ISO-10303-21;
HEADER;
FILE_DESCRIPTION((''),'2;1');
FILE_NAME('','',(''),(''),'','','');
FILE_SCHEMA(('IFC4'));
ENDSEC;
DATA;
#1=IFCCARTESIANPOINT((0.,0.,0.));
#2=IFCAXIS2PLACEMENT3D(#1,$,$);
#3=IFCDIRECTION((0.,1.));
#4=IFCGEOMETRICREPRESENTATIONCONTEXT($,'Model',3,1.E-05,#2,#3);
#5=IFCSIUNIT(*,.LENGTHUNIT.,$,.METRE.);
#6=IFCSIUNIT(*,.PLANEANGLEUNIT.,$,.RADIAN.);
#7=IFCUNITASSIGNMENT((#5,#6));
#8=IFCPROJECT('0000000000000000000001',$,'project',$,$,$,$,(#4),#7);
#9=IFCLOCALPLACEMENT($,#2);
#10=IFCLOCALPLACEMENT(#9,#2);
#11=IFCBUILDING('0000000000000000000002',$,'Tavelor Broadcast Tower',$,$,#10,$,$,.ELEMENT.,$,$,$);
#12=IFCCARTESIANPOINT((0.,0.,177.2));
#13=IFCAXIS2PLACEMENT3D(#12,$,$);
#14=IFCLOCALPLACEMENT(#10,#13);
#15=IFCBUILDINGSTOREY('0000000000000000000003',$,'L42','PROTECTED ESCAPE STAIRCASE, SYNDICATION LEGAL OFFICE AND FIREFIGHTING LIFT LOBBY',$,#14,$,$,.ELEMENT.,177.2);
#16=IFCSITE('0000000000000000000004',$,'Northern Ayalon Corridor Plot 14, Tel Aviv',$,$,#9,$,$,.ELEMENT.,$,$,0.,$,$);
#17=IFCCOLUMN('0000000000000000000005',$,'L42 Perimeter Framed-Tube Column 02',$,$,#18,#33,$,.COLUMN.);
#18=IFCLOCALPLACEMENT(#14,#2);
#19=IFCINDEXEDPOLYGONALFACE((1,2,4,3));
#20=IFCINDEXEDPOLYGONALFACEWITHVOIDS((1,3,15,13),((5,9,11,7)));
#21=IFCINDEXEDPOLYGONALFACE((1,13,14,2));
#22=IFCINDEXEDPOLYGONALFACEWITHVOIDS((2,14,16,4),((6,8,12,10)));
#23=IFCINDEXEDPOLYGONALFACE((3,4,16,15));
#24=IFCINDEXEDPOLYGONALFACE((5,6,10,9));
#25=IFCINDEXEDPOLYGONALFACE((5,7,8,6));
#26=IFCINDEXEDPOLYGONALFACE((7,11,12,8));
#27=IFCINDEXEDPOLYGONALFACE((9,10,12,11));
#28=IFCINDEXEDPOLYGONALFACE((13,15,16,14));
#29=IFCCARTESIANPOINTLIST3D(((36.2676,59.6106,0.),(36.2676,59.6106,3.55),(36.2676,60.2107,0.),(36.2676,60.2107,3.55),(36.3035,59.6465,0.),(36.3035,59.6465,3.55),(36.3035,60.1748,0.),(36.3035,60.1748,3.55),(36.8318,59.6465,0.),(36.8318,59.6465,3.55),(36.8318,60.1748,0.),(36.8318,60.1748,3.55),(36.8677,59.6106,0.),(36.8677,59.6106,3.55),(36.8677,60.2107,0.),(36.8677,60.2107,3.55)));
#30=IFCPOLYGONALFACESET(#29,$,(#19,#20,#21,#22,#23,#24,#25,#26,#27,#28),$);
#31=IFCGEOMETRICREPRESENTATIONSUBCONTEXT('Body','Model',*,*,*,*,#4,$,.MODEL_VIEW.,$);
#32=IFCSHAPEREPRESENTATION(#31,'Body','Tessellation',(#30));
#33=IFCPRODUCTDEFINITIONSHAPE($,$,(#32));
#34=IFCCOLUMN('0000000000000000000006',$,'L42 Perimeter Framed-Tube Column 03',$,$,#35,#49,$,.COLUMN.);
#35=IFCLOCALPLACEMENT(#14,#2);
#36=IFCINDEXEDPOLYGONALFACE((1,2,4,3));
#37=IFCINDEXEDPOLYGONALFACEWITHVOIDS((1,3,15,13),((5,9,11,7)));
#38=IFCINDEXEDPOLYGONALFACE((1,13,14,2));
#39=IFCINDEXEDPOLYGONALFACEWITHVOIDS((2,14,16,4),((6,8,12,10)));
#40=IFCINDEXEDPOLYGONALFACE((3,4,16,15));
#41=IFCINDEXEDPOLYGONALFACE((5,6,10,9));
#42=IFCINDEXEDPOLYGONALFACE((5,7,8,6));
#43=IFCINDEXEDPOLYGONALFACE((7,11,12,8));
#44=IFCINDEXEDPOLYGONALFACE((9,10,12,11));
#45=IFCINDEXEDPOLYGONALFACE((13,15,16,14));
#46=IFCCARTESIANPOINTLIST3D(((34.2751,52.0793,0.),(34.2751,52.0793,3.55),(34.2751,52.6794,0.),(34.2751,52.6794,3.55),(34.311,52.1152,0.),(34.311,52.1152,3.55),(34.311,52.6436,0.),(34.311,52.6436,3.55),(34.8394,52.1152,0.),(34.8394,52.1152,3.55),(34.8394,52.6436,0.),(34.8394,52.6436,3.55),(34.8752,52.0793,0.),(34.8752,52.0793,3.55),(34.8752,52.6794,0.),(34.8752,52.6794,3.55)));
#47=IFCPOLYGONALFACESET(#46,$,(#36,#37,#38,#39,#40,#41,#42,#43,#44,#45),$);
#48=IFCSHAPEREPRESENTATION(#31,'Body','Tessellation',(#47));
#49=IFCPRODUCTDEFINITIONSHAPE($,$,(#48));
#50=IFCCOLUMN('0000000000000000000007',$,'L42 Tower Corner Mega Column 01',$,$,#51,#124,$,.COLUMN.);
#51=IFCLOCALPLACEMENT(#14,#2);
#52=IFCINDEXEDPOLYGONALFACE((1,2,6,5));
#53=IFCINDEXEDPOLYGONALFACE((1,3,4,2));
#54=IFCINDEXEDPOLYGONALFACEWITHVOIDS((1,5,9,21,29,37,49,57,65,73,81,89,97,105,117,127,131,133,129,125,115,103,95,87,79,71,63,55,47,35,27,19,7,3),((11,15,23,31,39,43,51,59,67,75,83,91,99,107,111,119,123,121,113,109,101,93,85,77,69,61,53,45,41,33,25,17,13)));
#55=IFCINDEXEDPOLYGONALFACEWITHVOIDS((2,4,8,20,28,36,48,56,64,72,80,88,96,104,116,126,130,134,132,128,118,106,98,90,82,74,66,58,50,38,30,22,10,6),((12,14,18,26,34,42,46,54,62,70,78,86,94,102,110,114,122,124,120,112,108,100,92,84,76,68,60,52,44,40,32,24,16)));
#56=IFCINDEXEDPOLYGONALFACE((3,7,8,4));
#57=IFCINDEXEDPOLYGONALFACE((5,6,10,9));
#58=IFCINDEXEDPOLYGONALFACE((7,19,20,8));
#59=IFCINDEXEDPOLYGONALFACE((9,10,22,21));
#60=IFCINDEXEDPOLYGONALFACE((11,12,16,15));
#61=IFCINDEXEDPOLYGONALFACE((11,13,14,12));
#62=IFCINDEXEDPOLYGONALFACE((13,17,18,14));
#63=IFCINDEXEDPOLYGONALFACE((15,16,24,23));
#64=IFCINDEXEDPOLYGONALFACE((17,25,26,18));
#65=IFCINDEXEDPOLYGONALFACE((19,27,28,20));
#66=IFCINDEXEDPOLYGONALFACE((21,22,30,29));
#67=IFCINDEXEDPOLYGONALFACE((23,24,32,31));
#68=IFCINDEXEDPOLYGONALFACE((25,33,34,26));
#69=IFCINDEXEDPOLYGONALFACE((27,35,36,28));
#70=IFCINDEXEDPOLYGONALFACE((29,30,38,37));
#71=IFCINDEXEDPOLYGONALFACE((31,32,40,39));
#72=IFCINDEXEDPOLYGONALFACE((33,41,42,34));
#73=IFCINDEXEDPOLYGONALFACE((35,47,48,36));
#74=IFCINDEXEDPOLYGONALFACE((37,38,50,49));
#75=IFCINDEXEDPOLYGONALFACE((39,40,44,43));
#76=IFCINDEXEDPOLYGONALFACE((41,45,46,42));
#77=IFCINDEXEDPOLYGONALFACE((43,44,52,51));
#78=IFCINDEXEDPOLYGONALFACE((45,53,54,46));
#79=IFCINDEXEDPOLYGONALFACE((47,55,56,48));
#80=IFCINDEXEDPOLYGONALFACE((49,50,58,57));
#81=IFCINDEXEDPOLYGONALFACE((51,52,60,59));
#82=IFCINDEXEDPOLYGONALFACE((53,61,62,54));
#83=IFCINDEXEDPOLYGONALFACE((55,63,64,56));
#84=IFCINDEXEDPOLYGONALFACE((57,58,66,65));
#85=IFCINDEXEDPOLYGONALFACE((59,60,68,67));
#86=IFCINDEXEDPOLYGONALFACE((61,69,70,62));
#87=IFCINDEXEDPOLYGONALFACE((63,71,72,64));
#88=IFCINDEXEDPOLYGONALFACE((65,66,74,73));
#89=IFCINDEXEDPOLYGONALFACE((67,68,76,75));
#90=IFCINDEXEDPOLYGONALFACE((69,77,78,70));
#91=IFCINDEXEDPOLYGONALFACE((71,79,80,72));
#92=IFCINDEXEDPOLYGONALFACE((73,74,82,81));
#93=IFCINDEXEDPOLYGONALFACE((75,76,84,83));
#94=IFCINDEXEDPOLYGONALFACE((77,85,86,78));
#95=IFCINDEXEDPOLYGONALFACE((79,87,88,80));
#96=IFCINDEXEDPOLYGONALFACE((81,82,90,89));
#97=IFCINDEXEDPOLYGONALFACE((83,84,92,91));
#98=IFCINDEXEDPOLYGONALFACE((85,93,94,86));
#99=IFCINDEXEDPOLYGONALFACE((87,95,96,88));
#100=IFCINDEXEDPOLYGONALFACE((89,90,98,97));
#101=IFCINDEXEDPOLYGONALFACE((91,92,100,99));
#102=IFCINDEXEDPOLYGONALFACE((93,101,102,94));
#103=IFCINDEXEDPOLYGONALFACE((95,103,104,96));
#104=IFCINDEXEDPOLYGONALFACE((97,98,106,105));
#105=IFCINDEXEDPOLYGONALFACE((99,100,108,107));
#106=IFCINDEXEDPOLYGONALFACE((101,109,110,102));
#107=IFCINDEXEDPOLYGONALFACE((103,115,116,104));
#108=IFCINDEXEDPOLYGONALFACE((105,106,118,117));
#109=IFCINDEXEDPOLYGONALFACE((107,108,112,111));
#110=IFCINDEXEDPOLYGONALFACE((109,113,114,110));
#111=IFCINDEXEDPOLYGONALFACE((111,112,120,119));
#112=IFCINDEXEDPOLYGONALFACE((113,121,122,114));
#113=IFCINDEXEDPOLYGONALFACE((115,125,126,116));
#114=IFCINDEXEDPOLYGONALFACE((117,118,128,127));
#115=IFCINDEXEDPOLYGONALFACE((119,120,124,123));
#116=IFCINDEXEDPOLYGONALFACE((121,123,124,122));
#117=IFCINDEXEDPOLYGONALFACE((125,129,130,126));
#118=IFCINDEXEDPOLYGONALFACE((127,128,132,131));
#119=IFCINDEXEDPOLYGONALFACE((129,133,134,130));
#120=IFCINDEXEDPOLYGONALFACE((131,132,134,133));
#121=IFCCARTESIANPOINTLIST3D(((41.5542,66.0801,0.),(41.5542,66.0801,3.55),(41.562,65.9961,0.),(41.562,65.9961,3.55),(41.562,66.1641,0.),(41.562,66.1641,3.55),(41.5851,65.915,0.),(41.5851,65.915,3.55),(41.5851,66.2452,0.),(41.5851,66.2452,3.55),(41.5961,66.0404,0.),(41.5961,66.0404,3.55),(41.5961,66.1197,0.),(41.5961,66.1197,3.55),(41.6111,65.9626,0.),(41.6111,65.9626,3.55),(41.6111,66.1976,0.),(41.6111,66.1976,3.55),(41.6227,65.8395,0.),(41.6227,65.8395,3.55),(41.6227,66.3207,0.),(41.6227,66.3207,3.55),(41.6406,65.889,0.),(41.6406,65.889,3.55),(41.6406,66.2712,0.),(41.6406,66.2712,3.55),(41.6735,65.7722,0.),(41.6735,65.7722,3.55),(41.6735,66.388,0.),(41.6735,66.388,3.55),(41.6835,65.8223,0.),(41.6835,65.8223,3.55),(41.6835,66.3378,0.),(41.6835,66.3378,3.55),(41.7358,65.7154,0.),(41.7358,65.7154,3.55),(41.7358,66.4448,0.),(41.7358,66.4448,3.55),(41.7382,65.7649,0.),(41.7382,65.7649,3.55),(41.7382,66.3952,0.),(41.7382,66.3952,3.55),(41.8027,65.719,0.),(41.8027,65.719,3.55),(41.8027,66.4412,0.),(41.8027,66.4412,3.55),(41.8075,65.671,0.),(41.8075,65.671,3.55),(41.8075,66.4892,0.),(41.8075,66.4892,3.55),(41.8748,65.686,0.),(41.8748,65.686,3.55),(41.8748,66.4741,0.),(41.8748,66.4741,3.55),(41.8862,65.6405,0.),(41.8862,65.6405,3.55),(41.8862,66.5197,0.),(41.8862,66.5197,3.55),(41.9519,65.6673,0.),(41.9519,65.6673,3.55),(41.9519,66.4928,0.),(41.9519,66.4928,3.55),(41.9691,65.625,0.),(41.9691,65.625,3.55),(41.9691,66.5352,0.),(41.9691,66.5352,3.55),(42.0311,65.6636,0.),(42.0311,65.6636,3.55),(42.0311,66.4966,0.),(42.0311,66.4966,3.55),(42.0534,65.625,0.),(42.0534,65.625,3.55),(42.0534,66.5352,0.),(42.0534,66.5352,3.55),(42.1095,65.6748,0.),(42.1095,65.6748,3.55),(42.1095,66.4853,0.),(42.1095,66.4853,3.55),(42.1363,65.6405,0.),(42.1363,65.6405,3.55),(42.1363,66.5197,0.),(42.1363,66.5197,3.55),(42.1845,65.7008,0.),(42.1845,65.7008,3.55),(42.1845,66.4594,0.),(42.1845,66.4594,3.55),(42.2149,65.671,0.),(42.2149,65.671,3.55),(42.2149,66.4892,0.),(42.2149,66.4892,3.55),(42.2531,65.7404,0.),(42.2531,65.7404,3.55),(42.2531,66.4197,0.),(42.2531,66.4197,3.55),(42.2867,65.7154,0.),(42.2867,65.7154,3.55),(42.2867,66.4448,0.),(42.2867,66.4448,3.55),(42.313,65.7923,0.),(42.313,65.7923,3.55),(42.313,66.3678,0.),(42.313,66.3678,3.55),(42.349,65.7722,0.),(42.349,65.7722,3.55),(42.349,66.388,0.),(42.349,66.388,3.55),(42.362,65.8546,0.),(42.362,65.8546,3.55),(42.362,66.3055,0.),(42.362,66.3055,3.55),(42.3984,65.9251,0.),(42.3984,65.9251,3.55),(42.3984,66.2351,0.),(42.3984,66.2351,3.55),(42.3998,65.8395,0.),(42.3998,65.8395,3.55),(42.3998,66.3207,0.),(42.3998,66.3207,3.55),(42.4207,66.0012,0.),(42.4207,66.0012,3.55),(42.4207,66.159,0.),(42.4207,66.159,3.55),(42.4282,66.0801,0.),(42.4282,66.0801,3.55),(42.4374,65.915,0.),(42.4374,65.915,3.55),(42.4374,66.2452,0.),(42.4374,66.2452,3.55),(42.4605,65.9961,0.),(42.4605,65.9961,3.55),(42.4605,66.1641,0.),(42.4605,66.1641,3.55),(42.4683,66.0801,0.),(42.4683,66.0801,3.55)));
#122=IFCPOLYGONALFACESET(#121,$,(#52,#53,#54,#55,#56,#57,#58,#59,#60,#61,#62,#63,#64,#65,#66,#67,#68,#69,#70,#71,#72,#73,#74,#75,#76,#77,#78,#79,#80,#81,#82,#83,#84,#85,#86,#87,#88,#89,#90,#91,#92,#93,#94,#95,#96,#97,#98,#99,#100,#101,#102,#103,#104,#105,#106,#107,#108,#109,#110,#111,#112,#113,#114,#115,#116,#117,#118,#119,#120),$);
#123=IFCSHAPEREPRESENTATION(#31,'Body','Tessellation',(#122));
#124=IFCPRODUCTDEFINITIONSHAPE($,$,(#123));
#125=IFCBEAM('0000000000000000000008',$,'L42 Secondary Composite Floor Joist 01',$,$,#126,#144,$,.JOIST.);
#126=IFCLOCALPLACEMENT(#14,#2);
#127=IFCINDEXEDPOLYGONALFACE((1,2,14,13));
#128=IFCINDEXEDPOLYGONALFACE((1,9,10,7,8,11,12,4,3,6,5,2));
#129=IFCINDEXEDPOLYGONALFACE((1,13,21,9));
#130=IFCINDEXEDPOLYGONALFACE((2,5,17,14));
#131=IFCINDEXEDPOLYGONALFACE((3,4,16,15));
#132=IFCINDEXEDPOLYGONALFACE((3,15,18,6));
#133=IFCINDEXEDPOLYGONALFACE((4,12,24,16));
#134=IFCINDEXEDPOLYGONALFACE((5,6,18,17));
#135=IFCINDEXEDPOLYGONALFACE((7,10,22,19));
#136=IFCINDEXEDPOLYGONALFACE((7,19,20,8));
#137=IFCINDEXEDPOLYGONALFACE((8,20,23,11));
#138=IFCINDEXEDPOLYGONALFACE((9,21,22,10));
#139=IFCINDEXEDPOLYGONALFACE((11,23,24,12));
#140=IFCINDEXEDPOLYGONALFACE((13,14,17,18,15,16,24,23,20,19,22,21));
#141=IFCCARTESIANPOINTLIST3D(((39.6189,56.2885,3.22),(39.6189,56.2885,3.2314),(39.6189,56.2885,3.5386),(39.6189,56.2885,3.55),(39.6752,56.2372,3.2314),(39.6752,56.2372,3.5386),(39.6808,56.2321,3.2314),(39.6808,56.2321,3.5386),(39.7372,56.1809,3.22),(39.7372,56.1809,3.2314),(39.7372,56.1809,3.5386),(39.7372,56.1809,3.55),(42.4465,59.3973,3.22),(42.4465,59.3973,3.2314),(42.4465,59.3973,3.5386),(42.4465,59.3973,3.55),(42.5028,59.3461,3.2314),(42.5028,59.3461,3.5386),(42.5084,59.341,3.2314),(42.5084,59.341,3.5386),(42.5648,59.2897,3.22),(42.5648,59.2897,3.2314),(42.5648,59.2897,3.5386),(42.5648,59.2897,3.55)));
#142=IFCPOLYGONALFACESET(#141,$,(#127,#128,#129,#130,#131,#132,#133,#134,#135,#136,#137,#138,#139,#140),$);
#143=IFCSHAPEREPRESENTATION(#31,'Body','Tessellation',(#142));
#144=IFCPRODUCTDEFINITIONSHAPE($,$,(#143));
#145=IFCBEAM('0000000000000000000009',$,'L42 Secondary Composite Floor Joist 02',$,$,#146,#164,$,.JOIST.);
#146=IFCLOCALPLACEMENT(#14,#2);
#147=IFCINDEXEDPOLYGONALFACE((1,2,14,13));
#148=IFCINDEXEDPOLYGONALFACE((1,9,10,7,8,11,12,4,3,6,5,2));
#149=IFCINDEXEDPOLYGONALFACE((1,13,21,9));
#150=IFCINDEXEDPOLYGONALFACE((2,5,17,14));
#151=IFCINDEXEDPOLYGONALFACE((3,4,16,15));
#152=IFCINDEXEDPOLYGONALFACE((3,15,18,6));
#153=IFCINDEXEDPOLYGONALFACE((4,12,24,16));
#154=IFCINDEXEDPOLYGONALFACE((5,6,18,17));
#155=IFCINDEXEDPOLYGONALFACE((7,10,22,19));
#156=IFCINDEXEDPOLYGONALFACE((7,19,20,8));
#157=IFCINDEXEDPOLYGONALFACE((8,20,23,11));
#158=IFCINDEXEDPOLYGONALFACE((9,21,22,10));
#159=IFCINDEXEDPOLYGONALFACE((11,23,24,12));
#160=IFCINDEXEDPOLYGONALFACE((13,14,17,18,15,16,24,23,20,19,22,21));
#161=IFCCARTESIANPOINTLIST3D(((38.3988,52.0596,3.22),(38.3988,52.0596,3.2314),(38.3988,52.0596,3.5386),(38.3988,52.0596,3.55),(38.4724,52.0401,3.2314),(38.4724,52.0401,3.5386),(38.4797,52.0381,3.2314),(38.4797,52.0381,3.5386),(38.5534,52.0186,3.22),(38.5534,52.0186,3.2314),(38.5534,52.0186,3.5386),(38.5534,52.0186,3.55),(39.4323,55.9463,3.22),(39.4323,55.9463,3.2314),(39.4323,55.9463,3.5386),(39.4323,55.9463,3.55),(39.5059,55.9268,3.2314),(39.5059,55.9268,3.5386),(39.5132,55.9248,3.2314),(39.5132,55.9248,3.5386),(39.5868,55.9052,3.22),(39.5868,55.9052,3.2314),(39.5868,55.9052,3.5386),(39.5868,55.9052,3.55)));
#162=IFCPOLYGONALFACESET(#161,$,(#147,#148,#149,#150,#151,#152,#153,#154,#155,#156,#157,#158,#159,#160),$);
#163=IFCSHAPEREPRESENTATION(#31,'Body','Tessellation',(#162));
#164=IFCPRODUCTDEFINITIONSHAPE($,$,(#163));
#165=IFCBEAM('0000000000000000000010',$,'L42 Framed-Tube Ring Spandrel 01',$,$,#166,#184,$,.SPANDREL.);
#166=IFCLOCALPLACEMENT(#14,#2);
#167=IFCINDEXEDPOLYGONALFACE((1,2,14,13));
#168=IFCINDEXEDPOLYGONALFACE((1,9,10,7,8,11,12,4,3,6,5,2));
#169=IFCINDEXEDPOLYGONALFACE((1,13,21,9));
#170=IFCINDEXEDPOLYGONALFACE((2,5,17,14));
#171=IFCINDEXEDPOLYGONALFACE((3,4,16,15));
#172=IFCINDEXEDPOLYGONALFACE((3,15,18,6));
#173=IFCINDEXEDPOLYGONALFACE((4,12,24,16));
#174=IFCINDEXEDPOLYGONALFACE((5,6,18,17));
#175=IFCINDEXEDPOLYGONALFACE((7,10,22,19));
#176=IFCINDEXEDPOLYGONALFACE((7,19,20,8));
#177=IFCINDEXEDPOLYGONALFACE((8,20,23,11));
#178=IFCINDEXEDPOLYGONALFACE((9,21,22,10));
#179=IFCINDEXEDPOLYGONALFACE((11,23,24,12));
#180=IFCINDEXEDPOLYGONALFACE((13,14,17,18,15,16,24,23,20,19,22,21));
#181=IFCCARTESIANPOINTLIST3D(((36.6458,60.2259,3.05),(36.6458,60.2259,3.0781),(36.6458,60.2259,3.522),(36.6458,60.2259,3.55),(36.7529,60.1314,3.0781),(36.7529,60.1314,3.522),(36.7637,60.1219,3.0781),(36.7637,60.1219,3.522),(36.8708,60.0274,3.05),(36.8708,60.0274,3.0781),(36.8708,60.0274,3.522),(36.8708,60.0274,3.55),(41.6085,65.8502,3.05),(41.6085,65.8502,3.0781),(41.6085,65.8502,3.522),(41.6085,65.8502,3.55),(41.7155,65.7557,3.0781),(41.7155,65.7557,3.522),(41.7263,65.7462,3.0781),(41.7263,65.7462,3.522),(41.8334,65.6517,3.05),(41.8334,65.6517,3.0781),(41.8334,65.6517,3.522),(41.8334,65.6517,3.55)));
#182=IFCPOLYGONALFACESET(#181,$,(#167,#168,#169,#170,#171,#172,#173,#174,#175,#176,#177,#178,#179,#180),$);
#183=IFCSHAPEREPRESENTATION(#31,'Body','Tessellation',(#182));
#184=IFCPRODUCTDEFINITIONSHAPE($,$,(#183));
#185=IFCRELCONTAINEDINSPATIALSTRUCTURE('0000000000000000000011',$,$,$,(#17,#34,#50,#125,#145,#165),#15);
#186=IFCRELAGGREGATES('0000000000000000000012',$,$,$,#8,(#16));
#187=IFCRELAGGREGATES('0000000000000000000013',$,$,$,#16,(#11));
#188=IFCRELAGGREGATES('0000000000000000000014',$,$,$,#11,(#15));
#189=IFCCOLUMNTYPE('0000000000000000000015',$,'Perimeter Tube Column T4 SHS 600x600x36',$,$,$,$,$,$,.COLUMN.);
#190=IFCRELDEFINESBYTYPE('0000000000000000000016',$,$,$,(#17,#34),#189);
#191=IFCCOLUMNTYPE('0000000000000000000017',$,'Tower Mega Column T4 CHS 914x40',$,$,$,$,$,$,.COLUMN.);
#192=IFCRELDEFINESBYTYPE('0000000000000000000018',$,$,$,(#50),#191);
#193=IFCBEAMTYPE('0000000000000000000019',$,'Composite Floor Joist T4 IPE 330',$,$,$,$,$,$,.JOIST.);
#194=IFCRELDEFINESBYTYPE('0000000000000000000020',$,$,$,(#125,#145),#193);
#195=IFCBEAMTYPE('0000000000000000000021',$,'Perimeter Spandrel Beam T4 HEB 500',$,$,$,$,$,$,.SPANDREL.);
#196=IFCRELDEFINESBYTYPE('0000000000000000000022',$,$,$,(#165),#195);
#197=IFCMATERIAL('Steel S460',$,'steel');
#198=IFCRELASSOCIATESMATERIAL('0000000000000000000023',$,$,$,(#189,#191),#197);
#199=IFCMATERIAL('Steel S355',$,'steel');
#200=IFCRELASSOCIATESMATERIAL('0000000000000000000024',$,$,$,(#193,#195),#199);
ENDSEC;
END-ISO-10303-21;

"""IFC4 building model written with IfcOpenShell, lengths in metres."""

from ifc_helpers import new_model, si_unit, direction, frame, origin, origin_2d, place, context, subcontext, project, spatial, hollow_rectangle, hollow_circle, i_section, extrude, material, material_profile, profile_set, type_object, element, save


model = new_model("IFC4")

# Units and contexts
model_context = context("Model", 3, precision=1e-05, world=origin(), true_north=direction((0.0, 1.0)))
body_context = subcontext(model_context, "Body", "Model", "MODEL_VIEW")
ifc_project = project(units=[si_unit("LENGTHUNIT", "METRE"), si_unit("PLANEANGLEUNIT", "RADIAN")], contexts=[model_context])

# Site, building, storey
site_placement = place(None, origin())
site = spatial("IfcSite", under=ifc_project, at=site_placement, Name="Northern Ayalon Corridor Plot 14, Tel Aviv", CompositionType="ELEMENT", RefElevation=0.0)
building_placement = place(site_placement, origin())
building = spatial("IfcBuilding", under=site, at=building_placement, Name="Tavelor Broadcast Tower", CompositionType="ELEMENT")
storey_placement = place(building_placement, frame((0.0, 0.0, 177.2)))
storey = spatial("IfcBuildingStorey", under=building, at=storey_placement, Name="L42", Description="PROTECTED ESCAPE STAIRCASE, SYNDICATION LEGAL OFFICE AND FIREFIGHTING LIFT LOBBY", CompositionType="ELEMENT", Elevation=177.2)

# Columns
ifc_material_1 = material(Name="Steel S460", Category="steel")
ifc_material_profile_1 = material_profile(ifc_material_1, hollow_rectangle(XDim=0.6001, YDim=0.6001, WallThickness=0.0359, at=origin_2d()), Name="SHS 600x600x36")
ifc_profile_set_1 = profile_set([ifc_material_profile_1], Name="Steel S460")
column_type_1 = type_object("IfcColumnType", Name="Perimeter Tube Column T4 SHS 600x600x36", PredefinedType="COLUMN", material=ifc_profile_set_1)
for number, where, z_axis, x_axis, name in (
    (1, (36.5676, 59.9106, 0.0), (0.0, 0.0, 1.0), (1.0, 0.0, 0.0), "L42 Perimeter Framed-Tube Column 02"),
    (2, (34.5752, 52.3794, 0.0), (0.0, 0.0, 1.0), (1.0, 0.0, 0.0), "L42 Perimeter Framed-Tube Column 03"),
):
    element("IfcColumn", number, at=place(storey_placement, frame(where, z_axis=z_axis, x_axis=x_axis)), inside=storey, type_object=column_type_1, Name=name, PredefinedType="COLUMN", context=body_context, shape_type="SweptSolid", body=[
        extrude(hollow_rectangle(XDim=0.6001, YDim=0.6001, WallThickness=0.0359, at=origin_2d()), origin(), (0.0, 0.0, 1.0), 3.55),
    ])
ifc_material_profile_2 = material_profile(ifc_material_1, hollow_circle(Radius=0.457, WallThickness=0.04, at=origin_2d()), Name="CHS 914x40")
ifc_profile_set_2 = profile_set([ifc_material_profile_2], Name="Steel S460")
column_type_2 = type_object("IfcColumnType", Name="Tower Mega Column T4 CHS 914x40", PredefinedType="COLUMN", material=ifc_profile_set_2)
column_placement = place(storey_placement, frame((42.0112, 66.0801, 0.0), z_axis=(0.0, 0.0, 1.0), x_axis=(1.0, 0.0, 0.0)))
element("IfcColumn", 3, at=column_placement, inside=storey, type_object=column_type_2, Name="L42 Tower Corner Mega Column 01", PredefinedType="COLUMN", context=body_context, shape_type="SweptSolid", body=[
    extrude(hollow_circle(Radius=0.457, WallThickness=0.04, at=origin_2d()), origin(), (0.0, 0.0, 1.0), 3.55),
])

# Beams
ifc_material_2 = material(Name="Steel S355", Category="steel")
ifc_material_profile_3 = material_profile(ifc_material_2, i_section(OverallWidth=0.1599, OverallDepth=0.3301, WebThickness=0.0076, FlangeThickness=0.0115, at=origin_2d()), Name="IPE 330")
ifc_profile_set_3 = profile_set([ifc_material_profile_3], Name="Steel S355")
beam_type_1 = type_object("IfcBeamType", Name="Composite Floor Joist T4 IPE 330", PredefinedType="JOIST", material=ifc_profile_set_3)
beam_1_placement = place(storey_placement, frame((42.5056, 59.3435, 3.385), z_axis=(-0.672852, -0.739777, 0.0), x_axis=(0.739777, -0.672852, 0.0)))
element("IfcBeam", 4, at=beam_1_placement, inside=storey, type_object=beam_type_1, Name="L42 Secondary Composite Floor Joist 01", PredefinedType="JOIST", context=body_context, shape_type="SweptSolid", body=[
    extrude(i_section(OverallWidth=0.1599, OverallDepth=0.3301, WebThickness=0.0076, FlangeThickness=0.0115, at=origin_2d()), origin(), (0.0, 0.0, 1.0), 4.2024),
])
beam_2_placement = place(storey_placement, frame((39.5095, 55.9258, 3.385), z_axis=(-0.256964, -0.966421, 0.0), x_axis=(0.966421, -0.256964, 0.0)))
element("IfcBeam", 5, at=beam_2_placement, inside=storey, type_object=beam_type_1, Name="L42 Secondary Composite Floor Joist 02", PredefinedType="JOIST", context=body_context, shape_type="SweptSolid", body=[
    extrude(i_section(OverallWidth=0.1599, OverallDepth=0.3301, WebThickness=0.0076, FlangeThickness=0.0115, at=origin_2d()), origin(), (0.0, 0.0, 1.0), 4.0217),
])
ifc_material_profile_4 = material_profile(ifc_material_2, i_section(OverallWidth=0.3, OverallDepth=0.5, WebThickness=0.0144, FlangeThickness=0.0281, at=origin_2d()), Name="HEB 500")
ifc_profile_set_4 = profile_set([ifc_material_profile_4], Name="Steel S355")
beam_type_2 = type_object("IfcBeamType", Name="Perimeter Spandrel Beam T4 HEB 500", PredefinedType="SPANDREL", material=ifc_profile_set_4)
beam_3_placement = place(storey_placement, frame((41.7209, 65.751, 3.3), z_axis=(-0.661626, -0.749834, 0.0), x_axis=(0.749834, -0.661626, 0.0)))
element("IfcBeam", 6, at=beam_3_placement, inside=storey, type_object=beam_type_2, Name="L42 Framed-Tube Ring Spandrel 01", PredefinedType="SPANDREL", context=body_context, shape_type="SweptSolid", body=[
    extrude(i_section(OverallWidth=0.3, OverallDepth=0.5, WebThickness=0.0144, FlangeThickness=0.0281, at=origin_2d()), origin(), (0.0, 0.0, 1.0), 7.5007),
])

save(model, "model.ifc")
